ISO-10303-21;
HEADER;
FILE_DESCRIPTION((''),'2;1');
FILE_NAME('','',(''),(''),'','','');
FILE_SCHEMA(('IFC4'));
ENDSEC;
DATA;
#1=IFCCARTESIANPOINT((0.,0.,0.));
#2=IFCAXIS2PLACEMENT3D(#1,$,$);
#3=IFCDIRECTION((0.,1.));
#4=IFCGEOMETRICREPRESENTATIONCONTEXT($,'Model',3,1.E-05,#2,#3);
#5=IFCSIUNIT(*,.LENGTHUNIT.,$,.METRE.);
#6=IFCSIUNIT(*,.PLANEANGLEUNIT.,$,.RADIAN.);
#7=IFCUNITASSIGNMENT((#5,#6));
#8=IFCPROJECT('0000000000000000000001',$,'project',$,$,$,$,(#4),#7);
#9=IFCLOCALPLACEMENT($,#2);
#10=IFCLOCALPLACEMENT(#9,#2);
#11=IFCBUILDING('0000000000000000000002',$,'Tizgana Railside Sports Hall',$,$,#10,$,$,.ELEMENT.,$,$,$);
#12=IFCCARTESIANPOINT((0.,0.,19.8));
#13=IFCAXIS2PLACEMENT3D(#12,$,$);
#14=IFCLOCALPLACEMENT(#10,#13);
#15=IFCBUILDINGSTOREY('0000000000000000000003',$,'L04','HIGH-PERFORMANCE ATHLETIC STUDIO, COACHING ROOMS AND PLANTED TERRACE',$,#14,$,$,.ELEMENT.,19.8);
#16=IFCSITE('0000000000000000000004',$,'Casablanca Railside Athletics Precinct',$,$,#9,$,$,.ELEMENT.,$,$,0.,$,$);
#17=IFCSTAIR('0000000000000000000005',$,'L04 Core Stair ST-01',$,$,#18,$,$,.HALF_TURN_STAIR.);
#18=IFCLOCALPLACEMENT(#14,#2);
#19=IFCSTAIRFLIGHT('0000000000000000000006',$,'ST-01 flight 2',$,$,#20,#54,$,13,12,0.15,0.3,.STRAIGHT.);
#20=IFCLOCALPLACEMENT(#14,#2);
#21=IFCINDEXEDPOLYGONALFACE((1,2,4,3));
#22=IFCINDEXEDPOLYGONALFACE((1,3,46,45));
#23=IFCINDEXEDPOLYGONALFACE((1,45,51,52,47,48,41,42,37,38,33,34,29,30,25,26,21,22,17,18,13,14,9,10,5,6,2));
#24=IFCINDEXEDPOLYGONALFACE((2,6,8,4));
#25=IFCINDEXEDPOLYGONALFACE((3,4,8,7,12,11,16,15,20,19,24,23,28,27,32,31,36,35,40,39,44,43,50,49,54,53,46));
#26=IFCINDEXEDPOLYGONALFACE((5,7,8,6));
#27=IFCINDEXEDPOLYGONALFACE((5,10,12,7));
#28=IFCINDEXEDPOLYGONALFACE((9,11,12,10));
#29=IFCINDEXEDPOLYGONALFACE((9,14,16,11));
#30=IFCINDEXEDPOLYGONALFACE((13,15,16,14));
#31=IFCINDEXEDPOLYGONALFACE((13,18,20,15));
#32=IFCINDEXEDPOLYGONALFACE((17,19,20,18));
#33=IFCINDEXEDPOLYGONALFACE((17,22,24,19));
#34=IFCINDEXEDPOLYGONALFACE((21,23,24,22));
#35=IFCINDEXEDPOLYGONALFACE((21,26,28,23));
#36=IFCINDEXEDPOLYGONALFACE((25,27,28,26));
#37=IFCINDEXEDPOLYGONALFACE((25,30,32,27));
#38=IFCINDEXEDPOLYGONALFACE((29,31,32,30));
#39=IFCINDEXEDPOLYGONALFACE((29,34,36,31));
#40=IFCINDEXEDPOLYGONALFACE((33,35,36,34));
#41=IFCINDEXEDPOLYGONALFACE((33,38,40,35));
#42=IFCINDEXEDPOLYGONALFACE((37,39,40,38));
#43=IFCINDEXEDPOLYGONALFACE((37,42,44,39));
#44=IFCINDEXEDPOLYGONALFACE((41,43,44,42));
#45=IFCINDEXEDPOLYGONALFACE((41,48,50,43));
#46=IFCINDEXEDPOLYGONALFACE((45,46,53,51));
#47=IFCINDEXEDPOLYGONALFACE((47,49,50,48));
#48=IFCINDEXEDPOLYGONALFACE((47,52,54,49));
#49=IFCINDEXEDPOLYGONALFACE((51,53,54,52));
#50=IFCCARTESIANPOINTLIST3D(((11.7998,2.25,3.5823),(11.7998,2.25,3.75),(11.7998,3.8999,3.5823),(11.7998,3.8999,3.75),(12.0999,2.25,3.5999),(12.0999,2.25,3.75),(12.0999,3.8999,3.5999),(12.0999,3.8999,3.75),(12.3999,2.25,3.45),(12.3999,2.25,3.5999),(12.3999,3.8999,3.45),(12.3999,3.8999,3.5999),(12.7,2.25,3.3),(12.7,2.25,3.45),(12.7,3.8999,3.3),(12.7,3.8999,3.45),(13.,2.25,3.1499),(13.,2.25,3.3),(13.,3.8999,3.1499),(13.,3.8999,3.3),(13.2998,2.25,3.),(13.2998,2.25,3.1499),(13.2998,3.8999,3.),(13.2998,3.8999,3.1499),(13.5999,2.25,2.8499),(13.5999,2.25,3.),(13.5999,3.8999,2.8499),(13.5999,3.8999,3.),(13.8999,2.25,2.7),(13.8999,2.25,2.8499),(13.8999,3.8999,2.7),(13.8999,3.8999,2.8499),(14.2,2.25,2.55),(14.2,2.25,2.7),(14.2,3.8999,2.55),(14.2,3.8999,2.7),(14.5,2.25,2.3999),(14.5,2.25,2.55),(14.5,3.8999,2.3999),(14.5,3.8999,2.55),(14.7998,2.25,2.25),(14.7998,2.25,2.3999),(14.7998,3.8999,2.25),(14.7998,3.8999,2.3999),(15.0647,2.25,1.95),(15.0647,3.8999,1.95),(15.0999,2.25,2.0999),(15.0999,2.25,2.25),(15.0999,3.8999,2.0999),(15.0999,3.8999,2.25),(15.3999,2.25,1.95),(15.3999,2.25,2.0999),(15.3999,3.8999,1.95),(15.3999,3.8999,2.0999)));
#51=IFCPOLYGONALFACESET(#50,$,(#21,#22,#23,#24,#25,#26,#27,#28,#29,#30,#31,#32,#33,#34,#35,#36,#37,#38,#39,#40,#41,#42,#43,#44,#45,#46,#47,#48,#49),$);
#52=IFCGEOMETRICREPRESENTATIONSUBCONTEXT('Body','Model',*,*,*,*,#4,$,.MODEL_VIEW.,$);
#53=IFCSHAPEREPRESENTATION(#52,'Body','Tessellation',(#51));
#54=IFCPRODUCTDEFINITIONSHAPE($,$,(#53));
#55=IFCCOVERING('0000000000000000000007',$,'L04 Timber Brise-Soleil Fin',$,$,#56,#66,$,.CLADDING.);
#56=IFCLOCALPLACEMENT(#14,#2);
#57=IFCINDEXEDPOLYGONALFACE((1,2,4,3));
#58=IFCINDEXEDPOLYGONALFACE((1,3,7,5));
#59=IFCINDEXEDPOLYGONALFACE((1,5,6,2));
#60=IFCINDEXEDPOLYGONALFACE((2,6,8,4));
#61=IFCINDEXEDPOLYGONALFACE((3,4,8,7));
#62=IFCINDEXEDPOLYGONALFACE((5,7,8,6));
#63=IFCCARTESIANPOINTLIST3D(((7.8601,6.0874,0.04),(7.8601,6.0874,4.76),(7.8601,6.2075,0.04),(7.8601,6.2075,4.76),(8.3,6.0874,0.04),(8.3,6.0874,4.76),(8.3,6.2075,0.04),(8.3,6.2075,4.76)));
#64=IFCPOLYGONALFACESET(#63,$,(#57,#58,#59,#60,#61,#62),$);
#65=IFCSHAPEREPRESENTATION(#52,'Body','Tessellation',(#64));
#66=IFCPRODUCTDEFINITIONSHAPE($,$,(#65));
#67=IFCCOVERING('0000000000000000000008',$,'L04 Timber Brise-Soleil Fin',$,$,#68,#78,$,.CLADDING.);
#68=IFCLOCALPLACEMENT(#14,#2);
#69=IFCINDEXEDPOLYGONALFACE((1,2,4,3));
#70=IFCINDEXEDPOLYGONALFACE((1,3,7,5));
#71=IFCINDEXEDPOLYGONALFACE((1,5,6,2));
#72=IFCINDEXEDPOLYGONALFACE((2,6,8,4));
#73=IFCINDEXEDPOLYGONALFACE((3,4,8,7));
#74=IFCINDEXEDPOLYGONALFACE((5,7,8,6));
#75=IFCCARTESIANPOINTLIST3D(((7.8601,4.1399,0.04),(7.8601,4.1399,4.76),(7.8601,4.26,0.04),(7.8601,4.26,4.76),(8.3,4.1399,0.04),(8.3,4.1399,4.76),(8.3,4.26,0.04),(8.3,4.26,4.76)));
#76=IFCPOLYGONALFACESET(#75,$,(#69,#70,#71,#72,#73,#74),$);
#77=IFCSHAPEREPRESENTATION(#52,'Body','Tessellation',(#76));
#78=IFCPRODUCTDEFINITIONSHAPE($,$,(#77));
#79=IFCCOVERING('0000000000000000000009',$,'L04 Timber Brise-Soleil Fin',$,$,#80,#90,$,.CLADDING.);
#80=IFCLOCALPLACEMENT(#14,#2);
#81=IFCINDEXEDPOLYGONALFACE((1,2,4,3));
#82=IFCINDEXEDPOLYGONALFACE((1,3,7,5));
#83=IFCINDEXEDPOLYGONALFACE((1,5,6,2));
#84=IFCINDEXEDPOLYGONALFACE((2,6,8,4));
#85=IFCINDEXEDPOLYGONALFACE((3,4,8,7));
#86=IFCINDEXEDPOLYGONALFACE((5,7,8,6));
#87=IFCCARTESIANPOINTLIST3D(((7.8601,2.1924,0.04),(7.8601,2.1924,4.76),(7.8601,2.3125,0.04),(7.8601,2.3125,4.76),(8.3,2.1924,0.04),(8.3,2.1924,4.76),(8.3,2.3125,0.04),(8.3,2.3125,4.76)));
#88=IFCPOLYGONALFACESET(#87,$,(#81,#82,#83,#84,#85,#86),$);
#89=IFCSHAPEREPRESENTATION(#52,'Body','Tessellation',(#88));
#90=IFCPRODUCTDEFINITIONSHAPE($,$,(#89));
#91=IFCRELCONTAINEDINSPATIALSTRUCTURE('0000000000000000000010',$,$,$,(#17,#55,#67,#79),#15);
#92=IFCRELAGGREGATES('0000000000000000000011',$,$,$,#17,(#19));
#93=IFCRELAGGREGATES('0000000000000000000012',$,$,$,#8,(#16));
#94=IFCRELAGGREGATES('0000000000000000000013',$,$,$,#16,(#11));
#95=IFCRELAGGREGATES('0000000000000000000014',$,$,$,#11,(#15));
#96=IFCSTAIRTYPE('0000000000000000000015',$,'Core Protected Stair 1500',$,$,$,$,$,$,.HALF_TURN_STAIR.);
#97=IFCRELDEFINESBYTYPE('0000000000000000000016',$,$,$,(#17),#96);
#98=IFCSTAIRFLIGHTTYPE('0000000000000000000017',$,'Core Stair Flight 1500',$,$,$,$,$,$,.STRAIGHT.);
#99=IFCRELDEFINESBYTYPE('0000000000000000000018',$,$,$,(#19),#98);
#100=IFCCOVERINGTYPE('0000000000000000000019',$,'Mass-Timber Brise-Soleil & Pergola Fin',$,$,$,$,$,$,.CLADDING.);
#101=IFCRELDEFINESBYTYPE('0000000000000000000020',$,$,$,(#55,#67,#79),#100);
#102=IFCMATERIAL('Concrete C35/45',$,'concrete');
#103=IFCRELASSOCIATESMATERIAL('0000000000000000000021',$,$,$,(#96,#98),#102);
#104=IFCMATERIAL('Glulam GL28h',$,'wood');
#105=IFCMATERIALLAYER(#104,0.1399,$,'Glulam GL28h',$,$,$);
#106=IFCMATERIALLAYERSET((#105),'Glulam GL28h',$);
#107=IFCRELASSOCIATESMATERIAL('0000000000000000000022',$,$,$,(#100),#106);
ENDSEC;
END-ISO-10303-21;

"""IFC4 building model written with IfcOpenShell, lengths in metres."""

from ifc_helpers import new_model, si_unit, direction, frame, origin, origin_2d, place, context, subcontext, project, spatial, polyline, rectangle, outline, extrude, material, layer, layer_set, type_object, element, aggregate, save


model = new_model("IFC4")

# Units and contexts
model_context = context("Model", 3, precision=1e-05, world=origin(), true_north=direction((0.0, 1.0)))
body_context = subcontext(model_context, "Body", "Model", "MODEL_VIEW")
ifc_project = project(units=[si_unit("LENGTHUNIT", "METRE"), si_unit("PLANEANGLEUNIT", "RADIAN")], contexts=[model_context])

# Site, building, storey
site_placement = place(None, origin())
site = spatial("IfcSite", under=ifc_project, at=site_placement, Name="Casablanca Railside Athletics Precinct", CompositionType="ELEMENT", RefElevation=0.0)
building_placement = place(site_placement, origin())
building = spatial("IfcBuilding", under=site, at=building_placement, Name="Tizgana Railside Sports Hall", CompositionType="ELEMENT")
storey_placement = place(building_placement, frame((0.0, 0.0, 19.8)))
storey = spatial("IfcBuildingStorey", under=building, at=storey_placement, Name="L04", Description="HIGH-PERFORMANCE ATHLETIC STUDIO, COACHING ROOMS AND PLANTED TERRACE", CompositionType="ELEMENT", Elevation=19.8)

# Shared definitions
ifc_material_1 = material(Name="Concrete C35/45", Category="concrete")

# Stair, stair flight
stair_type = type_object("IfcStairType", Name="Core Protected Stair 1500", PredefinedType="HALF_TURN_STAIR", material=ifc_material_1)
stair_placement = place(storey_placement, origin())
stair = element("IfcStair", 1, at=stair_placement, inside=storey, type_object=stair_type, Name="L04 Core Stair ST-01", PredefinedType="HALF_TURN_STAIR")
stair_flight_type = type_object("IfcStairFlightType", Name="Core Stair Flight 1500", PredefinedType="STRAIGHT", material=ifc_material_1)
stair_flight_placement = place(storey_placement, frame((15.3999, 3.075, 1.95), z_axis=(0.0, 0.0, 1.0), x_axis=(-1.0, 0.0, 0.0)))
stair_flight = element("IfcStairFlight", 2, at=stair_flight_placement, type_object=stair_flight_type, Name="ST-01 flight 2", NumberOfRisers=13, NumberOfTreads=12, PredefinedType="STRAIGHT", RiserHeight=0.15, TreadLength=0.3, context=body_context, shape_type="SweptSolid", body=[
    extrude(outline(polyline([(0.0, 0.0), (0.0, 0.1499), (0.3, 0.1499), (0.3, 0.3), (0.6001, 0.3), (0.6001, 0.45), (0.8999, 0.45), (0.8999, 0.6001), (1.2, 0.6001), (1.2, 0.75), (1.5, 0.75), (1.5, 0.8999), (1.8, 0.8999), (1.8, 1.05), (2.1001, 1.05), (2.1001, 1.2), (2.3999, 1.2), (2.3999, 1.3501), (2.7, 1.3501), (2.7, 1.5), (3.0, 1.5), (3.0, 1.6499), (3.3, 1.6499), (3.3, 1.8), (3.6001, 1.8), (3.6001, 1.95), (3.6001, 1.6323), (0.3352, 0.0), (0.0, 0.0)])), frame((0.0, 0.825, 0.0), z_axis=(0.0, -1.0, 0.0), x_axis=(1.0, 0.0, 0.0)), (0.0, 0.0, 1.0), 1.6499),
])
aggregate(stair, [stair_flight])

# Coverings
ifc_material_2 = material(Name="Glulam GL28h", Category="wood")
ifc_layer_1 = layer(ifc_material_2, 0.1399, Name="Glulam GL28h")
ifc_layer_set_1 = layer_set([ifc_layer_1], Name="Glulam GL28h")
covering_type = type_object("IfcCoveringType", Name="Mass-Timber Brise-Soleil & Pergola Fin", PredefinedType="CLADDING", material=ifc_layer_set_1)
for number, where, z_axis, x_axis, name in (
    (3, (8.0801, 6.1475, 0.04), (0.0, 0.0, 1.0), (0.0, -1.0, 0.0), "L04 Timber Brise-Soleil Fin"),
    (4, (8.0801, 4.2, 0.04), (0.0, 0.0, 1.0), (0.0, -1.0, 0.0), "L04 Timber Brise-Soleil Fin"),
    (5, (8.0801, 2.2524, 0.04), (0.0, 0.0, 1.0), (0.0, -1.0, 0.0), "L04 Timber Brise-Soleil Fin"),
):
    element("IfcCovering", number, at=place(storey_placement, frame(where, z_axis=z_axis, x_axis=x_axis)), inside=storey, type_object=covering_type, Name=name, PredefinedType="CLADDING", context=body_context, shape_type="SweptSolid", body=[
        extrude(rectangle(XDim=0.1201, YDim=0.4399, at=origin_2d()), origin(), (0.0, 0.0, 1.0), 4.72),
    ])

save(model, "model.ifc")
